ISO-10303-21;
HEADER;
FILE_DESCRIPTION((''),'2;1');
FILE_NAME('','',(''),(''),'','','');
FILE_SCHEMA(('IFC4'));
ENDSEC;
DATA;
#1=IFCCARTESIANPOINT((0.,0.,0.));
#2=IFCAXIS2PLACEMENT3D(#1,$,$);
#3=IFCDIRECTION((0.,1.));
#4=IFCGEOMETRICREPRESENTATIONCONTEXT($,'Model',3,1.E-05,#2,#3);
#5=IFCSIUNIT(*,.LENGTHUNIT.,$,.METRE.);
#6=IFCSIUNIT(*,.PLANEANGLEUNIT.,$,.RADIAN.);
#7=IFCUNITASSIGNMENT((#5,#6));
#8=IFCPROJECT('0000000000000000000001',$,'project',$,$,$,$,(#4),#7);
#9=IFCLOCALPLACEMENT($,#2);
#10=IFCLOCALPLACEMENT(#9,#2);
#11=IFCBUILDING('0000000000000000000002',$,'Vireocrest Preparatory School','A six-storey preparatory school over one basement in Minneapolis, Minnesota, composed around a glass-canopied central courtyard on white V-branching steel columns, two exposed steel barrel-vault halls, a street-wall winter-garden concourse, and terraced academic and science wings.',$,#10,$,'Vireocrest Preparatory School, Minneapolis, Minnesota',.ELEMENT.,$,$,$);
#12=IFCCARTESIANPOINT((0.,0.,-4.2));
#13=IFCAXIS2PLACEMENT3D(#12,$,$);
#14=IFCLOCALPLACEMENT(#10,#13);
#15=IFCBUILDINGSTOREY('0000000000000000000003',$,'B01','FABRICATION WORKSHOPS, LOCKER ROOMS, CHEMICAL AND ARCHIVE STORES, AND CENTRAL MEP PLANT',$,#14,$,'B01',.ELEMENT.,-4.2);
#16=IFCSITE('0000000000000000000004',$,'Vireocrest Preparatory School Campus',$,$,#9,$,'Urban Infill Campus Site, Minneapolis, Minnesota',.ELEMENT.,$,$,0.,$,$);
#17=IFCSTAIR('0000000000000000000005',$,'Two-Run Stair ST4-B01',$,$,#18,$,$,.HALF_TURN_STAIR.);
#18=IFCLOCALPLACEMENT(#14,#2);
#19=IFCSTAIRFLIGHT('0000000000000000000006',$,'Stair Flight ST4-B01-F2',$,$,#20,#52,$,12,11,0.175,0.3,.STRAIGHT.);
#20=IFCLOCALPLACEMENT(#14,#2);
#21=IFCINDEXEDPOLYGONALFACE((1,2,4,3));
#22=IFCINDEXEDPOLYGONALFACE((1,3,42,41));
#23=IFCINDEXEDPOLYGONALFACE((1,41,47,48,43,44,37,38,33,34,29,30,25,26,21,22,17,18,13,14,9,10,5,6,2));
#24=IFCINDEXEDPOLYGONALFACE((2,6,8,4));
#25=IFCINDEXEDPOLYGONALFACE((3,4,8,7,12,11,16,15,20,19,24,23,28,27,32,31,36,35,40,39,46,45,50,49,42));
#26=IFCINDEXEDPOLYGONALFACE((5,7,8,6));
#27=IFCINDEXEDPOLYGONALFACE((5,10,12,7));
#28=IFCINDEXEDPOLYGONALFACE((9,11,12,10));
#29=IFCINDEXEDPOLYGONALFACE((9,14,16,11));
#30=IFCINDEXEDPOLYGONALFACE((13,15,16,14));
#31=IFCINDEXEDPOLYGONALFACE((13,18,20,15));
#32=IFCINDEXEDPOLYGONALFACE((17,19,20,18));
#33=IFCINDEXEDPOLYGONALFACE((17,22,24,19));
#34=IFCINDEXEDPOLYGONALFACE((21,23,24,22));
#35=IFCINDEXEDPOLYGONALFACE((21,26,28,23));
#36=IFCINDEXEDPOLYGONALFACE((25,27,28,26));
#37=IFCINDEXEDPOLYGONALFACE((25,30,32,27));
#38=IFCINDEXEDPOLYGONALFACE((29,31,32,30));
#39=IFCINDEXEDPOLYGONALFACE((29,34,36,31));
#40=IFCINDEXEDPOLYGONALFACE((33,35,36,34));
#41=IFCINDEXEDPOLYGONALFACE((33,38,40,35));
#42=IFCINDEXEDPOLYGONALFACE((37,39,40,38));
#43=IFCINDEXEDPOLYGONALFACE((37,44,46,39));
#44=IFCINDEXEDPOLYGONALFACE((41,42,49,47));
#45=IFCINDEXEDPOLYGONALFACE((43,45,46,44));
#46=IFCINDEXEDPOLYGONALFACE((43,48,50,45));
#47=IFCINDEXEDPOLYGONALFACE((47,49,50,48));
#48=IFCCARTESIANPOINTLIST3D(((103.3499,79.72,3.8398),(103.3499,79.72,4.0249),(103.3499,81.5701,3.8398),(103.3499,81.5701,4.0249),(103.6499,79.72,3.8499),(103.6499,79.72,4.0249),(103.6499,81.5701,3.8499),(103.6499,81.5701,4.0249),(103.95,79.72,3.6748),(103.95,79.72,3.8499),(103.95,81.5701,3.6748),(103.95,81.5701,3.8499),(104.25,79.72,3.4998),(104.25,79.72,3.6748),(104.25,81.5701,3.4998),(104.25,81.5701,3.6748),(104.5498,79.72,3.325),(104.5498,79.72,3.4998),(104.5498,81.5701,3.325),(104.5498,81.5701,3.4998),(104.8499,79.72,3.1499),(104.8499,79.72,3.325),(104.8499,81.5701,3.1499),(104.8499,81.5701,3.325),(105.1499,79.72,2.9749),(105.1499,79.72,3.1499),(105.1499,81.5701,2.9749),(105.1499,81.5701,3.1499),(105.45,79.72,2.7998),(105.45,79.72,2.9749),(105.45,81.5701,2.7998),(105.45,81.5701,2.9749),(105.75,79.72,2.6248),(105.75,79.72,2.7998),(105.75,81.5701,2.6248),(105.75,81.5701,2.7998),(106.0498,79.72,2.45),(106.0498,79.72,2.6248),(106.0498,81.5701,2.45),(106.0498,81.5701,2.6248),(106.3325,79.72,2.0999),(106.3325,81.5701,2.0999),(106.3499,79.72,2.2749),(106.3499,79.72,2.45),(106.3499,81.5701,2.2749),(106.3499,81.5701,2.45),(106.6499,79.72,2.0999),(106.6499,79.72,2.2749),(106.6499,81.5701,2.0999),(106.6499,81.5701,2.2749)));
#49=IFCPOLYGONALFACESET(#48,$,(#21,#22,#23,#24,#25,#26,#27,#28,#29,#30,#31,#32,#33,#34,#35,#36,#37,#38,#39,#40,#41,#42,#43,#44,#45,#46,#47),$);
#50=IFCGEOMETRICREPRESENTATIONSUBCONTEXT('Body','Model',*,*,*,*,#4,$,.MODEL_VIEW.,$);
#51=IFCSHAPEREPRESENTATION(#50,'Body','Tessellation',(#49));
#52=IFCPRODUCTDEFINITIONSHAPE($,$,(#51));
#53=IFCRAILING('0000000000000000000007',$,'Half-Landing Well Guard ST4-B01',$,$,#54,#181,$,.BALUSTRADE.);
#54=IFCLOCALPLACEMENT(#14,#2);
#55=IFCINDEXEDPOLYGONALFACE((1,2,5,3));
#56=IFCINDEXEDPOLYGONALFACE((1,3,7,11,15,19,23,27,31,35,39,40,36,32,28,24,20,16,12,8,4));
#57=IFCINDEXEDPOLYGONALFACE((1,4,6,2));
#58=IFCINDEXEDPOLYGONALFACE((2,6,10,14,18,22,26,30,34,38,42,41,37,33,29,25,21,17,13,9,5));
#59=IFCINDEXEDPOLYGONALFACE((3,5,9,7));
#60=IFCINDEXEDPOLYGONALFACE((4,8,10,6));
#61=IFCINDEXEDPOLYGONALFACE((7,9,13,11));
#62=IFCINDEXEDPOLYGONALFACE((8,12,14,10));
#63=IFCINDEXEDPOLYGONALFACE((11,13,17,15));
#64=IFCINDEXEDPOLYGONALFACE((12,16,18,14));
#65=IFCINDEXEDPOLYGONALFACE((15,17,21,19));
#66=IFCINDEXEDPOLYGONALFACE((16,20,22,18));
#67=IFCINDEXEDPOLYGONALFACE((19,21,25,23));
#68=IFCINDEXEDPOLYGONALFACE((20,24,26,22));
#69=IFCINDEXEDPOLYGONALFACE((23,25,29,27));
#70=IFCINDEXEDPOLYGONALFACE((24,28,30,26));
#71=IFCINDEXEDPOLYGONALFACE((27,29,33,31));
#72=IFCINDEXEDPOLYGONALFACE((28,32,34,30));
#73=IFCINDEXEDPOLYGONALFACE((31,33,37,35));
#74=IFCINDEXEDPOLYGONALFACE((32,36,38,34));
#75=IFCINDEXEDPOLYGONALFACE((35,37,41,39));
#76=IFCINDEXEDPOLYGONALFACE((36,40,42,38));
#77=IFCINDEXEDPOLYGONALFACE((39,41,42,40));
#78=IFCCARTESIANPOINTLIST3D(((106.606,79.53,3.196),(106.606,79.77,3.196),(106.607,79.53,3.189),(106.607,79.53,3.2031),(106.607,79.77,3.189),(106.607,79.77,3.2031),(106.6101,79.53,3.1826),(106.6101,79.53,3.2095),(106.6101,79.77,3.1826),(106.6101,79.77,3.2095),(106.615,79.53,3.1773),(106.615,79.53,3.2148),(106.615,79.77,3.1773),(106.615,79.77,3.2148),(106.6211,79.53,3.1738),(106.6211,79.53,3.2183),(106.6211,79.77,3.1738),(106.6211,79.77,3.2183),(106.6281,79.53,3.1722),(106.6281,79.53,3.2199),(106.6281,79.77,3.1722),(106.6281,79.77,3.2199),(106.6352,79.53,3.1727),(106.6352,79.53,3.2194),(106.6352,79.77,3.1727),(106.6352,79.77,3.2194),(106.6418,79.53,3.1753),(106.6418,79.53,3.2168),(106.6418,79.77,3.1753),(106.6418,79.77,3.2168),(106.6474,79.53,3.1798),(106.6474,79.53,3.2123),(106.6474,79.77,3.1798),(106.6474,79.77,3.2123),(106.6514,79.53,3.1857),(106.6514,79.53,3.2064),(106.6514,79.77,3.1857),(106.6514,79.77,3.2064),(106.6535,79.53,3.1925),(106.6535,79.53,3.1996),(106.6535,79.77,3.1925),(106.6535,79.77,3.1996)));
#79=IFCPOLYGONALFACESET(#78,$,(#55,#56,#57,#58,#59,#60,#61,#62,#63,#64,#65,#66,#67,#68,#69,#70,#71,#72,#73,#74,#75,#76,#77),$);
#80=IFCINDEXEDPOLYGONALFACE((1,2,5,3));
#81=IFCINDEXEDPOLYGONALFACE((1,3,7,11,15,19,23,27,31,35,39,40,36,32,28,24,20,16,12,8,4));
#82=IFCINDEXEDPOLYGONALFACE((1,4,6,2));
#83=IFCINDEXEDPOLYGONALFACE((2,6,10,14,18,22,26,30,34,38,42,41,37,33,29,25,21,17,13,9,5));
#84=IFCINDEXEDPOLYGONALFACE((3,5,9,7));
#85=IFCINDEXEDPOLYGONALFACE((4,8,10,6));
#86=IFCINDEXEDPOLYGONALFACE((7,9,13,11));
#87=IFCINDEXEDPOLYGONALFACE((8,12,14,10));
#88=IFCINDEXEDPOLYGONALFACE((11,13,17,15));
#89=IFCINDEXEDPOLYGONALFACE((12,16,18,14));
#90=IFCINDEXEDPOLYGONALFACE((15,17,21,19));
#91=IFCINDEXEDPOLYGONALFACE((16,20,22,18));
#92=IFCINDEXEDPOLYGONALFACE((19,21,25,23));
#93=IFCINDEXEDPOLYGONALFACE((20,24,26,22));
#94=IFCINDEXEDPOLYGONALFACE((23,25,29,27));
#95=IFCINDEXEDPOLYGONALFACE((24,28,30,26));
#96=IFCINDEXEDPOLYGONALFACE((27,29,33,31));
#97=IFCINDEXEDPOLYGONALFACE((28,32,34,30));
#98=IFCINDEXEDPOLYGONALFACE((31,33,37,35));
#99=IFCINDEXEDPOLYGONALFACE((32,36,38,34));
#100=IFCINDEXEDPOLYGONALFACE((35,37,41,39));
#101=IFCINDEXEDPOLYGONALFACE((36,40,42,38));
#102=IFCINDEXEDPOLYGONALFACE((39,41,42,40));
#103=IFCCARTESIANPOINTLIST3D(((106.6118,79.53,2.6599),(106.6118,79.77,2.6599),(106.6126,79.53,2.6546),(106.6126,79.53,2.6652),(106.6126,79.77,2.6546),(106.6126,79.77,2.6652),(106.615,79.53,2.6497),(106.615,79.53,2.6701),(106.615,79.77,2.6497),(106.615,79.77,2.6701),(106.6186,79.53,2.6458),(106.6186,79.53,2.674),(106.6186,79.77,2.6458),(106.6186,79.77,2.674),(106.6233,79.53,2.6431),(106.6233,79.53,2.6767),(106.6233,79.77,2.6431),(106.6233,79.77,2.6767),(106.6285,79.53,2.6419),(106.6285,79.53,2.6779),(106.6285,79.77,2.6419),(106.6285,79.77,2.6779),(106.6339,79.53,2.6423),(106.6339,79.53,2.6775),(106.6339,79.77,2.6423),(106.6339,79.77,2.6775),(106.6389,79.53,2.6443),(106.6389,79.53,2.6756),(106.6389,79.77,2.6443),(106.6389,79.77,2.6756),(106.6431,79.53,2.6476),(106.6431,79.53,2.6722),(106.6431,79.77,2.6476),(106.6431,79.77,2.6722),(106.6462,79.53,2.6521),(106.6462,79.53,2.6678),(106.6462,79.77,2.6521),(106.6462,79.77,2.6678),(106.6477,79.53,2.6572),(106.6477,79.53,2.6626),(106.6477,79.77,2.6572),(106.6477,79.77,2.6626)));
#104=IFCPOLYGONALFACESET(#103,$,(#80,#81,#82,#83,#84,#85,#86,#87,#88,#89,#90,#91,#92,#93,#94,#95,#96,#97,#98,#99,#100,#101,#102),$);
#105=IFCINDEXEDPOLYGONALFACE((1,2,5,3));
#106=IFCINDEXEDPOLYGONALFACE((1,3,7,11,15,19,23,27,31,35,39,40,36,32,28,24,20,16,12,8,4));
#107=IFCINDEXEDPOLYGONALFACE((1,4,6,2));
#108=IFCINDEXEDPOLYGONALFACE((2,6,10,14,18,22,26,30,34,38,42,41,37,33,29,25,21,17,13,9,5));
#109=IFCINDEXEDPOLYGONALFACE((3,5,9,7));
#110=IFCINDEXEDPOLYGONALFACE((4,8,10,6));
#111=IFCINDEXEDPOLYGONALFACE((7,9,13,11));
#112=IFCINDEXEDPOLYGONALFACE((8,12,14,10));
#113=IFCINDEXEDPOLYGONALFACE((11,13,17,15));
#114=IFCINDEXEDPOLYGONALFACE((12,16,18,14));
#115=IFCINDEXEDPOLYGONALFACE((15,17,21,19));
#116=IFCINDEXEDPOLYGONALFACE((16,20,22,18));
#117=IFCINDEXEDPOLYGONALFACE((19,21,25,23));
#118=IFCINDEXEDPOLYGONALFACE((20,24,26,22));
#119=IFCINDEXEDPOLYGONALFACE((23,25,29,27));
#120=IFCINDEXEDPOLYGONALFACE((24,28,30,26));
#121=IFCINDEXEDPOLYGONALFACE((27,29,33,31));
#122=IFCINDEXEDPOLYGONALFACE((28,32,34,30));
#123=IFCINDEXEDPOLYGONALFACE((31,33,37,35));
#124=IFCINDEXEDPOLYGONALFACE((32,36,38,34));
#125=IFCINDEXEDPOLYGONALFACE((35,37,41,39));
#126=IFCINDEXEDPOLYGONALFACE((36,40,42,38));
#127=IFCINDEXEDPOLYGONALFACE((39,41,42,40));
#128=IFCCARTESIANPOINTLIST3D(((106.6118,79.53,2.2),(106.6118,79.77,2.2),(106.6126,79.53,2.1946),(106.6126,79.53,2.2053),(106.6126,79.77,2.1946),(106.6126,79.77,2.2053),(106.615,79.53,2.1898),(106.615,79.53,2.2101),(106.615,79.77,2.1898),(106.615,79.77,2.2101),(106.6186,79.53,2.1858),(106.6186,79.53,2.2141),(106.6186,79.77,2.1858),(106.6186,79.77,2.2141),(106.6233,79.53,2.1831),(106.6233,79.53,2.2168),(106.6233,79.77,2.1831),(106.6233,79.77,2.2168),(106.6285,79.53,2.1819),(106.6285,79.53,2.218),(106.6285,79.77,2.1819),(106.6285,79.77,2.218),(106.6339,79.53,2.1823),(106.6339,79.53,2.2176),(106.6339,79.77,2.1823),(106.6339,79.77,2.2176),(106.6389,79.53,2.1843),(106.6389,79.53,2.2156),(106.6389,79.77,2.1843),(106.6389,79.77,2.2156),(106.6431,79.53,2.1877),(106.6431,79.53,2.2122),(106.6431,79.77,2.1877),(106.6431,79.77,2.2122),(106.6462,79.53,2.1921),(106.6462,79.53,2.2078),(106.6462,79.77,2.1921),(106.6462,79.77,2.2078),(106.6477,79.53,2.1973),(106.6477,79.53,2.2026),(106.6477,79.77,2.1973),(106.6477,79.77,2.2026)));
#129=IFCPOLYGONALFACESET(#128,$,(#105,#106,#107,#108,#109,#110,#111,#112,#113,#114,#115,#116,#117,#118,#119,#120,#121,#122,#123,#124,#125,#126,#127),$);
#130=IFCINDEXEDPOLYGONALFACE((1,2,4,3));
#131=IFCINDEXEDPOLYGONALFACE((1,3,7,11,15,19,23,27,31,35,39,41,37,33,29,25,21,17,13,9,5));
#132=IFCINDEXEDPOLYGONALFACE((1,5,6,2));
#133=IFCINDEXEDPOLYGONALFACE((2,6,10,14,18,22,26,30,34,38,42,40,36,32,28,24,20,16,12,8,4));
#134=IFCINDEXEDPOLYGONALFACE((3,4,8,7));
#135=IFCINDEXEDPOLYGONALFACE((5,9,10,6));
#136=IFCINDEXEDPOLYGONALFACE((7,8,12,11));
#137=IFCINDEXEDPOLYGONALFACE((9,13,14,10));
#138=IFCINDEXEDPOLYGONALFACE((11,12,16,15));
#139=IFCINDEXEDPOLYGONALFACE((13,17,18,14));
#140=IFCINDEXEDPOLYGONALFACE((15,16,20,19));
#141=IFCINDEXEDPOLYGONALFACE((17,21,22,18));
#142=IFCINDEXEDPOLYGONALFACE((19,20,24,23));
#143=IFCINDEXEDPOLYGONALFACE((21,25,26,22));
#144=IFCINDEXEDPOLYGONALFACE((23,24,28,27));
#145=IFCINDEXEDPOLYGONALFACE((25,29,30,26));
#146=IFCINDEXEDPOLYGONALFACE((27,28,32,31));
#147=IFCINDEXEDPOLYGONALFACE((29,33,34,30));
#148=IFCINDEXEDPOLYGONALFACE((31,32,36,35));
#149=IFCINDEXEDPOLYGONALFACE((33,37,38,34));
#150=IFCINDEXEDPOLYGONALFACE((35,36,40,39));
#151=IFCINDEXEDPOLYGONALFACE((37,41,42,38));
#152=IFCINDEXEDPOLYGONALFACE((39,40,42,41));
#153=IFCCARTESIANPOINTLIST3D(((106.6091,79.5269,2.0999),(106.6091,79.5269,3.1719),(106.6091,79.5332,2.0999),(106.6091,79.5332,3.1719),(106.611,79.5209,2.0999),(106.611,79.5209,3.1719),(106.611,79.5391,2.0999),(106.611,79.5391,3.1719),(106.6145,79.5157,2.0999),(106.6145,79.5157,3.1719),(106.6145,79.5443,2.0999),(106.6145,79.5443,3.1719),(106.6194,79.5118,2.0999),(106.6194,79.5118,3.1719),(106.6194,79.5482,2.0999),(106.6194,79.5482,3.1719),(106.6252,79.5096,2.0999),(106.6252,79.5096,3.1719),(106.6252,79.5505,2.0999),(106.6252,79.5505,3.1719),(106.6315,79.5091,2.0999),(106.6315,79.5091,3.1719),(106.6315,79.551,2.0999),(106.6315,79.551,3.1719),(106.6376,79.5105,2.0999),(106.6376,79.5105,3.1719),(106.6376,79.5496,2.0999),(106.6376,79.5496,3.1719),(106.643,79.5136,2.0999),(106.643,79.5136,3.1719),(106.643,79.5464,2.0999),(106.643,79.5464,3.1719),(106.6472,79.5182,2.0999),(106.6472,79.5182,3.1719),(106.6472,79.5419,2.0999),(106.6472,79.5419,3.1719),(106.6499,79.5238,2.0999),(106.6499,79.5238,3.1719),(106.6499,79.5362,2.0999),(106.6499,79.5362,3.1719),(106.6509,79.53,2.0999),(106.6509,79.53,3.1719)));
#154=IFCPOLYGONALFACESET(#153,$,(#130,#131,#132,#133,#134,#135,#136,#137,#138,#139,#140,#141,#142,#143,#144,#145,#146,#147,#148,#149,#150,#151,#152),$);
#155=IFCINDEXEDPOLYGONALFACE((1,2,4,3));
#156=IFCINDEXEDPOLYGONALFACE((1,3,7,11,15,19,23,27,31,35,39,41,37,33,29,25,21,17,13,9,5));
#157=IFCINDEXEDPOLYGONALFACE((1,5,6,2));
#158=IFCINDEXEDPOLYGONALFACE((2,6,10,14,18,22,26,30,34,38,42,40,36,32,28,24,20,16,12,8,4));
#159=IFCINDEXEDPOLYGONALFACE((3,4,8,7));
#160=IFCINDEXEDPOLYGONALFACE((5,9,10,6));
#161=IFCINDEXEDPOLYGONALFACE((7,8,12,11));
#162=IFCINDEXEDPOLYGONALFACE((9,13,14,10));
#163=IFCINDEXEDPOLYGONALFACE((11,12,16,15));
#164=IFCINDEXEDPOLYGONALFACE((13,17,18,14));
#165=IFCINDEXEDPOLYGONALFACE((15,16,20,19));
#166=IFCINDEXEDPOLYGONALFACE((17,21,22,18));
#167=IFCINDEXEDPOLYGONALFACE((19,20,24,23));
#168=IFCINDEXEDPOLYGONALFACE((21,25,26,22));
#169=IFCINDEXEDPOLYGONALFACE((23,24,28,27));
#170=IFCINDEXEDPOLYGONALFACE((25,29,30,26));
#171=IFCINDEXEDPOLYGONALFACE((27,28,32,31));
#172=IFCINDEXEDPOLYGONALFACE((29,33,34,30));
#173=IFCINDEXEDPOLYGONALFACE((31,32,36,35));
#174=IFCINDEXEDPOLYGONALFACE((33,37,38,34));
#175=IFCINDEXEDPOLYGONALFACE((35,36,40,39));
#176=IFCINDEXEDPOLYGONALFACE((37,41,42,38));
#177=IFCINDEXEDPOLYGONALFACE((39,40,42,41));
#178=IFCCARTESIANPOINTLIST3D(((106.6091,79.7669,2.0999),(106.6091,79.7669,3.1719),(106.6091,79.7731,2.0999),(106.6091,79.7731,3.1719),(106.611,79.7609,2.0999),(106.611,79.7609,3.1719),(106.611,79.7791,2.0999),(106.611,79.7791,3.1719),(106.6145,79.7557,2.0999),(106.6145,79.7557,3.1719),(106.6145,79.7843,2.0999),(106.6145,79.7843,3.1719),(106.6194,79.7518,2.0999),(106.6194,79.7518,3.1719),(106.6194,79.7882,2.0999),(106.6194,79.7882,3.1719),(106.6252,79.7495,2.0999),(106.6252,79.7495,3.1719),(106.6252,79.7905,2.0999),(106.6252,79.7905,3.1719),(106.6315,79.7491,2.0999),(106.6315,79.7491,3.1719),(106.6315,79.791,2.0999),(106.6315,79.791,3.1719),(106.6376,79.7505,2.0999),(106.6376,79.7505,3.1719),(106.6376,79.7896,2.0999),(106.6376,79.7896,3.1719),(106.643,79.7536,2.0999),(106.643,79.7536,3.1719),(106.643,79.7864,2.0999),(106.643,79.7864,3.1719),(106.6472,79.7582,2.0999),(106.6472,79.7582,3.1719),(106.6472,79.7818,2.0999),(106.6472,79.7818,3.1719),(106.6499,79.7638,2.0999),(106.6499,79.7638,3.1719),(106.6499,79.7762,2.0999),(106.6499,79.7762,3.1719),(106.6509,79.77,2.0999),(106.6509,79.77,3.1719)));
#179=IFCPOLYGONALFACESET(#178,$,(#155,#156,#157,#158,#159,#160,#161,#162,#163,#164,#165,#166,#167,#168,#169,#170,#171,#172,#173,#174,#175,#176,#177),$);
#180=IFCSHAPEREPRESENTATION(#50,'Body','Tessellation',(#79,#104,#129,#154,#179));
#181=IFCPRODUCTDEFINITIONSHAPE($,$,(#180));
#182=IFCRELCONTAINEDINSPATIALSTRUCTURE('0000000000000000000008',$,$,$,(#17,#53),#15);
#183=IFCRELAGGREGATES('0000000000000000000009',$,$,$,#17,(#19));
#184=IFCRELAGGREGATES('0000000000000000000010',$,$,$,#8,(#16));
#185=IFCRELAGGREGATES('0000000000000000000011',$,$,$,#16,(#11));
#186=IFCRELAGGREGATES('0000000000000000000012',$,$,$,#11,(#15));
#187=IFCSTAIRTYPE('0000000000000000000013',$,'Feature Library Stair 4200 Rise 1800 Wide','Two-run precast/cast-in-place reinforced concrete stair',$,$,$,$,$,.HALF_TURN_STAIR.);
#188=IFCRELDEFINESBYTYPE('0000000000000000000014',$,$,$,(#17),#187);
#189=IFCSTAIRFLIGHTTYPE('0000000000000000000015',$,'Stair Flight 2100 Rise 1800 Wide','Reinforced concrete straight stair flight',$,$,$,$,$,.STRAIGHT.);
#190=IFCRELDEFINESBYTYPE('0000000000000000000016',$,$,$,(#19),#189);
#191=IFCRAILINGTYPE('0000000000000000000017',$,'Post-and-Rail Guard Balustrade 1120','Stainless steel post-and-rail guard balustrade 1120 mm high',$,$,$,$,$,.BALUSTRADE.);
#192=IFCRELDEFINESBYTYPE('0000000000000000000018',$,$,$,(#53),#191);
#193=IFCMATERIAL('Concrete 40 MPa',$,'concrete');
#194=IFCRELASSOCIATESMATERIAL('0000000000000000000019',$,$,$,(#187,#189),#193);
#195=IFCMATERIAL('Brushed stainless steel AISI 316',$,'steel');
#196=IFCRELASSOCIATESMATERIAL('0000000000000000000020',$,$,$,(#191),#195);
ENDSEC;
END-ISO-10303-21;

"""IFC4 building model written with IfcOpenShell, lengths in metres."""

from ifc_helpers import new_model, si_unit, direction, frame, origin, origin_2d, place, context, subcontext, project, spatial, polyline, circle, outline, extrude, material, type_object, element, aggregate, save


model = new_model("IFC4")

# Units and contexts
model_context = context("Model", 3, precision=1e-05, world=origin(), true_north=direction((0.0, 1.0)))
body_context = subcontext(model_context, "Body", "Model", "MODEL_VIEW")
ifc_project = project(units=[si_unit("LENGTHUNIT", "METRE"), si_unit("PLANEANGLEUNIT", "RADIAN")], contexts=[model_context])

# Site, building, storey
site_placement = place(None, origin())
site = spatial("IfcSite", under=ifc_project, at=site_placement, Name="Vireocrest Preparatory School Campus", LongName="Urban Infill Campus Site, Minneapolis, Minnesota", CompositionType="ELEMENT", RefElevation=0.0)
building_placement = place(site_placement, origin())
building = spatial("IfcBuilding", under=site, at=building_placement, Name="Vireocrest Preparatory School", Description="A six-storey preparatory school over one basement in Minneapolis, Minnesota, composed around a glass-canopied central courtyard on white V-branching steel columns, two exposed steel barrel-vault halls, a street-wall winter-garden concourse, and terraced academic and science wings.", LongName="Vireocrest Preparatory School, Minneapolis, Minnesota", CompositionType="ELEMENT")
storey_placement = place(building_placement, frame((0.0, 0.0, -4.2)))
storey = spatial("IfcBuildingStorey", under=building, at=storey_placement, Name="B01", Description="FABRICATION WORKSHOPS, LOCKER ROOMS, CHEMICAL AND ARCHIVE STORES, AND CENTRAL MEP PLANT", LongName="B01", CompositionType="ELEMENT", Elevation=-4.2)

# Shared definitions
ifc_material_1 = material(Name="Concrete 40 MPa", Category="concrete")

# Stair, stair flight
stair_type = type_object("IfcStairType", Name="Feature Library Stair 4200 Rise 1800 Wide", Description="Two-run precast/cast-in-place reinforced concrete stair", PredefinedType="HALF_TURN_STAIR", material=ifc_material_1)
stair_placement = place(storey_placement, origin())
stair = element("IfcStair", 1, at=stair_placement, inside=storey, type_object=stair_type, Name="Two-Run Stair ST4-B01", PredefinedType="HALF_TURN_STAIR")
stair_flight_type = type_object("IfcStairFlightType", Name="Stair Flight 2100 Rise 1800 Wide", Description="Reinforced concrete straight stair flight", PredefinedType="STRAIGHT", material=ifc_material_1)
stair_flight_1_placement = place(storey_placement, frame((106.6499, 80.645, 2.0999), z_axis=(0.0, 0.0, 1.0), x_axis=(-1.0, 0.0, 0.0)))
stair_flight_1 = element("IfcStairFlight", 2, at=stair_flight_1_placement, type_object=stair_flight_type, Name="Stair Flight ST4-B01-F2", NumberOfRisers=12, NumberOfTreads=11, PredefinedType="STRAIGHT", RiserHeight=0.175, TreadLength=0.3, context=body_context, shape_type="SweptSolid", body=[
    extrude(outline(polyline([(0.0, 0.0), (0.0, 0.175), (0.3, 0.175), (0.3, 0.3501), (0.6001, 0.3501), (0.6001, 0.5249), (0.8999, 0.5249), (0.8999, 0.7), (1.2, 0.7), (1.2, 0.875), (1.5, 0.875), (1.5, 1.05), (1.8, 1.05), (1.8, 1.2251), (2.1001, 1.2251), (2.1001, 1.3999), (2.3999, 1.3999), (2.3999, 1.575), (2.7, 1.575), (2.7, 1.75), (3.0, 1.75), (3.0, 1.925), (3.3, 1.925), (3.3, 2.1001), (3.3, 1.74), (0.3174, 0.0), (0.0, 0.0)])), frame((0.0, 0.925, 0.0), z_axis=(0.0, -1.0, 0.0), x_axis=(1.0, 0.0, 0.0)), (0.0, 0.0, 1.0), 1.8501),
])
aggregate(stair, [stair_flight_1])

# Railing
ifc_material_2 = material(Name="Brushed stainless steel AISI 316", Category="steel")
railing_type_1 = type_object("IfcRailingType", Name="Post-and-Rail Guard Balustrade 1120", Description="Stainless steel post-and-rail guard balustrade 1120 mm high", PredefinedType="BALUSTRADE", material=ifc_material_2)
railing_1_placement = place(storey_placement, frame((106.6299, 79.53, 2.0999)))
element("IfcRailing", 3, at=railing_1_placement, inside=storey, type_object=railing_type_1, Name="Half-Landing Well Guard ST4-B01", PredefinedType="BALUSTRADE", context=body_context, shape_type="SweptSolid", body=[
    extrude(circle(Radius=0.0239, at=origin_2d()), frame((0.0, 0.0, 1.0962), z_axis=(0.0, 1.0, 0.0), x_axis=(-1.0, 0.0, 0.0)), (0.0, 0.0, 1.0), 0.24),
    extrude(circle(Radius=0.0181, at=origin_2d()), frame((0.0, 0.0, 0.5601), z_axis=(0.0, 1.0, 0.0), x_axis=(-1.0, 0.0, 0.0)), (0.0, 0.0, 1.0), 0.24),
    extrude(circle(Radius=0.0181, at=origin_2d()), frame((0.0, 0.0, 0.1001), z_axis=(0.0, 1.0, 0.0), x_axis=(-1.0, 0.0, 0.0)), (0.0, 0.0, 1.0), 0.24),
    extrude(circle(Radius=0.021, at=origin_2d()), origin(), (0.0, 0.0, 1.0), 1.072),
    extrude(circle(Radius=0.021, at=origin_2d()), frame((0.0, 0.24, 0.0)), (0.0, 0.0, 1.0), 1.072),
])

save(model, "model.ifc")
